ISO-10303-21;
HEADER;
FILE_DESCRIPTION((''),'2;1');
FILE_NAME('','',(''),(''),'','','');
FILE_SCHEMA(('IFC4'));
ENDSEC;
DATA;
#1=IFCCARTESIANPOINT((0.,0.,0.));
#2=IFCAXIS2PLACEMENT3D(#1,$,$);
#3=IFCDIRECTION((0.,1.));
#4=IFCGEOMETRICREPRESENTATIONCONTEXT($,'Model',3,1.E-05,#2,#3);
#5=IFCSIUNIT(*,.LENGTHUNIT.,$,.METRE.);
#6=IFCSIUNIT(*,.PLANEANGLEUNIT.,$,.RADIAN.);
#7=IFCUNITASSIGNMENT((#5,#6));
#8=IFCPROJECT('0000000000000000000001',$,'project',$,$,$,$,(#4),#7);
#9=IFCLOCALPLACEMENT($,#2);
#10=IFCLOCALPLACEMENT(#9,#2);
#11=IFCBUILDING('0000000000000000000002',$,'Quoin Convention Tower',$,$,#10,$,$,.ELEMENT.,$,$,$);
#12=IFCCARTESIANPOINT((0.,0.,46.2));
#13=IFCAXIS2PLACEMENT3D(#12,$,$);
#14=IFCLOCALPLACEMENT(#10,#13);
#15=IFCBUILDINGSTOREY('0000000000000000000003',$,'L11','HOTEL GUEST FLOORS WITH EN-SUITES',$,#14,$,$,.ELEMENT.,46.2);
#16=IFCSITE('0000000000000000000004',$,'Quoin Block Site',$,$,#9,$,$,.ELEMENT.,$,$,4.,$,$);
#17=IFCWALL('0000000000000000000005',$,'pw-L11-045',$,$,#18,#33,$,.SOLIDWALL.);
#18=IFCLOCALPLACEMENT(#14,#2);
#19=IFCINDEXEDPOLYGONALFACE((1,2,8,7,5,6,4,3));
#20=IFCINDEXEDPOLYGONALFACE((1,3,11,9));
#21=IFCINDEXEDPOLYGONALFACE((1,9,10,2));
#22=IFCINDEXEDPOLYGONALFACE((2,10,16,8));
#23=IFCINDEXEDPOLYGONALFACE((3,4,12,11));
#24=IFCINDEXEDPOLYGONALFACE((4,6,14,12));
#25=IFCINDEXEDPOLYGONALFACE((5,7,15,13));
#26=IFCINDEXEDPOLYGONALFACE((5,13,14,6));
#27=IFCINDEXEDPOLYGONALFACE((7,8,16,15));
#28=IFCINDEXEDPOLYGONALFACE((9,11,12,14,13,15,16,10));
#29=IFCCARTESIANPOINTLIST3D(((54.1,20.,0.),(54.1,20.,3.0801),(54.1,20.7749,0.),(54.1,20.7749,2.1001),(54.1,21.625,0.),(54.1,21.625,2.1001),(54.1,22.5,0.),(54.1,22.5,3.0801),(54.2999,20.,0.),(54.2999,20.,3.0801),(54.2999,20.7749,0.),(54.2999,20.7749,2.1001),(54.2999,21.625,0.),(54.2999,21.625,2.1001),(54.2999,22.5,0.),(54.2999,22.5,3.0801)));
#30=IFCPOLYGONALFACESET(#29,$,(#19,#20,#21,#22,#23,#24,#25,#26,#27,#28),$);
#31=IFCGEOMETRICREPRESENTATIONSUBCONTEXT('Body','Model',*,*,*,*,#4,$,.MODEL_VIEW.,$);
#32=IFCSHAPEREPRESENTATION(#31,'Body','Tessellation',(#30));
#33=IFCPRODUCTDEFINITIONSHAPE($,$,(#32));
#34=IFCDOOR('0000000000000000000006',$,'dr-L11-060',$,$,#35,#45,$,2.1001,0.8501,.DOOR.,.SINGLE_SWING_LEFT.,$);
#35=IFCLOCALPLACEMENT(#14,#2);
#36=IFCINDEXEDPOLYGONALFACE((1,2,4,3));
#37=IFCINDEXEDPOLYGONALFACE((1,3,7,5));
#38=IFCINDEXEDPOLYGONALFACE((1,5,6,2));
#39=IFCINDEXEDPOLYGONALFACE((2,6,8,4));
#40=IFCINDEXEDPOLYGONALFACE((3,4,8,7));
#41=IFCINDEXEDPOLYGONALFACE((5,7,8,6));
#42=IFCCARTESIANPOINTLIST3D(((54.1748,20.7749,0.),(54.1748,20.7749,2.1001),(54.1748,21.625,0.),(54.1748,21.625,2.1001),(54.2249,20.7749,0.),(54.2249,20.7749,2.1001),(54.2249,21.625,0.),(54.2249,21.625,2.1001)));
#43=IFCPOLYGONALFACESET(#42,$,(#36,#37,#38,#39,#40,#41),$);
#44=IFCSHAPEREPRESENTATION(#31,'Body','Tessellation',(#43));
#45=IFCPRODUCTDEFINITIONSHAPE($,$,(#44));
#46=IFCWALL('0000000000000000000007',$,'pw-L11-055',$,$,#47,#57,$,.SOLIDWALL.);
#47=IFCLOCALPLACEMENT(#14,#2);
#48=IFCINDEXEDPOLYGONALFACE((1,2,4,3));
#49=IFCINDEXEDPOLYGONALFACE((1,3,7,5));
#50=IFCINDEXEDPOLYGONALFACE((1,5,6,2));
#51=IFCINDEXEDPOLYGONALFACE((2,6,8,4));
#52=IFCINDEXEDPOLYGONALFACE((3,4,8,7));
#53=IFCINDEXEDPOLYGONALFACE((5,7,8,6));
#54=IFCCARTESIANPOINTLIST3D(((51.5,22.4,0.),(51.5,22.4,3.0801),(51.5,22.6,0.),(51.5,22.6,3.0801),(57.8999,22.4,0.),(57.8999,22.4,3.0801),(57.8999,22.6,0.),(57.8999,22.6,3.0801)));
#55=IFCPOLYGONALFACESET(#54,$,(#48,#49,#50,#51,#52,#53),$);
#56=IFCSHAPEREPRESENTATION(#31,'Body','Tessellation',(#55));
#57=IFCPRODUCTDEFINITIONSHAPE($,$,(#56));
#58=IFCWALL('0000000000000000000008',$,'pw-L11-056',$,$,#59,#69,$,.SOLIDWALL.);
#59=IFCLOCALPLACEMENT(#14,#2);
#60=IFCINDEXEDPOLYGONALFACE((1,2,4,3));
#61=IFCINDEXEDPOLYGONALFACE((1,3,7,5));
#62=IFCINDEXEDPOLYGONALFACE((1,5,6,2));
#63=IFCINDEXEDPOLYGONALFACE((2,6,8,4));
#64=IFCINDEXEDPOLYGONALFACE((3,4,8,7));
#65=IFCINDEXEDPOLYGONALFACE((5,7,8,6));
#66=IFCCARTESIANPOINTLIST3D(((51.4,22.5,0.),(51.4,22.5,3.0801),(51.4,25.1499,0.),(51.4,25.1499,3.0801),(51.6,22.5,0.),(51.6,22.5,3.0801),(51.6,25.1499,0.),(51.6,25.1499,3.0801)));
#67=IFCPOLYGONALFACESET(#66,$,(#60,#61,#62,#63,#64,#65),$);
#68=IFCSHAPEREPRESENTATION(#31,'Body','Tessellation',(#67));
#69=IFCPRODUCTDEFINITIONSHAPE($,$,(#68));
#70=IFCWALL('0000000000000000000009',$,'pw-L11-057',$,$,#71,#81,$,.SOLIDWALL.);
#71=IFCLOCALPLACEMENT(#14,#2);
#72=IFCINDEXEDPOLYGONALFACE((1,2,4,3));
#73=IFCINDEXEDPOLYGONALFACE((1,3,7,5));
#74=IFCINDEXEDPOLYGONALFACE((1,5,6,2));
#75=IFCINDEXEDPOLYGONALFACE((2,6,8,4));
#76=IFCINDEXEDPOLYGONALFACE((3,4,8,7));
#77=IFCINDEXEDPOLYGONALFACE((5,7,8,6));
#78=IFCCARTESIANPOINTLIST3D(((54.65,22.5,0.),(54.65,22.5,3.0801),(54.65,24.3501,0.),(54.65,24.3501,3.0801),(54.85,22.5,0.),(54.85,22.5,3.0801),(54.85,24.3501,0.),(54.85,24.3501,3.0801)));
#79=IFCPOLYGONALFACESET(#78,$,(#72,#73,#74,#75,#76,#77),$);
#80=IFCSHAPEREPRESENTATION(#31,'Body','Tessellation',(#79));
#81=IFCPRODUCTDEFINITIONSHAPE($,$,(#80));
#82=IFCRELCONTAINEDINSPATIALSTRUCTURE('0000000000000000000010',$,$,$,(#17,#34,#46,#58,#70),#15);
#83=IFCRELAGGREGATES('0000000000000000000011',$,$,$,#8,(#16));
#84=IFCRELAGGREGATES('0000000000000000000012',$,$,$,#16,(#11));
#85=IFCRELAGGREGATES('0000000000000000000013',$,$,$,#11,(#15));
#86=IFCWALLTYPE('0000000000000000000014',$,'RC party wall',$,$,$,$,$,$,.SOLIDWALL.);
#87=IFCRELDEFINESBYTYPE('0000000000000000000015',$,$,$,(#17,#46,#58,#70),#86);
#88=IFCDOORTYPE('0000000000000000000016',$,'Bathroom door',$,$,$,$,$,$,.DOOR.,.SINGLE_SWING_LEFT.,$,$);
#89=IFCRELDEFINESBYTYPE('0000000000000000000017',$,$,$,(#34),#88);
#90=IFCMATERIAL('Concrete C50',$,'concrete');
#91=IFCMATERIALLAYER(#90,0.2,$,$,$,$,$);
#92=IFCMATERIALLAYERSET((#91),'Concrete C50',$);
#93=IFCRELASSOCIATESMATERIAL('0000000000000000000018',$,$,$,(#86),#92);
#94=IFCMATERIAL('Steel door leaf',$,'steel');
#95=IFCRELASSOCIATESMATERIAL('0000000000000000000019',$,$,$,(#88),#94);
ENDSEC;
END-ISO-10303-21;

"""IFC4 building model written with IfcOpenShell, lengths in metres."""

from ifc_helpers import new_model, si_unit, direction, frame, frame_2d, origin, place, context, subcontext, project, spatial, rectangle, extrude, material, layer, layer_set, type_object, element, fill, save


model = new_model("IFC4")

# Units and contexts
model_context = context("Model", 3, precision=1e-05, world=origin(), true_north=direction((0.0, 1.0)))
body_context = subcontext(model_context, "Body", "Model", "MODEL_VIEW")
ifc_project = project(units=[si_unit("LENGTHUNIT", "METRE"), si_unit("PLANEANGLEUNIT", "RADIAN")], contexts=[model_context])

# Site, building, storey
site_placement = place(None, origin())
site = spatial("IfcSite", under=ifc_project, at=site_placement, Name="Quoin Block Site", CompositionType="ELEMENT", RefElevation=4.0)
building_placement = place(site_placement, origin())
building = spatial("IfcBuilding", under=site, at=building_placement, Name="Quoin Convention Tower", CompositionType="ELEMENT")
storey_placement = place(building_placement, frame((0.0, 0.0, 46.2)))
storey = spatial("IfcBuildingStorey", under=building, at=storey_placement, Name="L11", Description="HOTEL GUEST FLOORS WITH EN-SUITES", CompositionType="ELEMENT", Elevation=46.2)

# Shared definitions
ifc_material_1 = material(Name="Concrete C50", Category="concrete")
ifc_layer_1 = layer(ifc_material_1, 0.2)
ifc_layer_set_1 = layer_set([ifc_layer_1], Name="Concrete C50")
wall_type_1 = type_object("IfcWallType", Name="RC party wall", PredefinedType="SOLIDWALL", material=ifc_layer_set_1)

# Wall, opening, door
wall_1_placement = place(storey_placement, frame((54.2, 20.0, 0.0), z_axis=(0.0, 0.0, 1.0), x_axis=(0.0, 1.0, 0.0)))
wall_1 = element("IfcWall", 1, at=wall_1_placement, inside=storey, type_object=wall_type_1, Name="pw-L11-045", PredefinedType="SOLIDWALL", context=body_context, shape_type="SweptSolid", body=[
    extrude(rectangle(XDim=2.5, YDim=0.2, at=frame_2d((1.25, 0.0))), origin(), (0.0, 0.0, 1.0), 3.0801),
])
opening_1_placement = place(wall_1_placement, frame((0.7749, 0.0, 0.0)))
opening_1 = element("IfcOpeningElement", 2, at=opening_1_placement, cuts=wall_1, PredefinedType="OPENING", context=body_context, shape_type="SweptSolid", body=[
    extrude(rectangle(XDim=0.8501, YDim=2.1001, at=frame_2d((0.425, 1.05))), frame((0.0, 0.1099, 0.0), z_axis=(0.0, -1.0, 0.0), x_axis=(1.0, 0.0, 0.0)), (0.0, 0.0, 1.0), 0.22),
])
ifc_material_2 = material(Name="Steel door leaf", Category="steel")
door_type = type_object("IfcDoorType", Name="Bathroom door", OperationType="SINGLE_SWING_LEFT", PredefinedType="DOOR", material=ifc_material_2)
door_placement = place(opening_1_placement, frame((0.8501, 0.0, 0.0), z_axis=(0.0, 0.0, 1.0), x_axis=(-1.0, 0.0, 0.0)))
door = element("IfcDoor", 3, at=door_placement, inside=storey, type_object=door_type, Name="dr-L11-060", OperationType="SINGLE_SWING_LEFT", OverallHeight=2.1001, OverallWidth=0.8501, PredefinedType="DOOR", context=body_context, shape_type="SweptSolid", body=[
    extrude(rectangle(XDim=0.8501, YDim=2.1001, at=frame_2d((0.425, 1.05))), frame((0.0, 0.0249, 0.0), z_axis=(0.0, -1.0, 0.0), x_axis=(1.0, 0.0, 0.0)), (0.0, 0.0, 1.0), 0.05),
])
fill(opening_1, door)

# Walls
wall_2_placement = place(storey_placement, frame((51.5, 22.5, 0.0), z_axis=(0.0, 0.0, 1.0), x_axis=(1.0, 0.0, 0.0)))
element("IfcWall", 4, at=wall_2_placement, inside=storey, type_object=wall_type_1, Name="pw-L11-055", PredefinedType="SOLIDWALL", context=body_context, shape_type="SweptSolid", body=[
    extrude(rectangle(XDim=6.3999, YDim=0.2, at=frame_2d((3.2, 0.0))), origin(), (0.0, 0.0, 1.0), 3.0801),
])
wall_3_placement = place(storey_placement, frame((51.5, 22.5, 0.0), z_axis=(0.0, 0.0, 1.0), x_axis=(0.0, 1.0, 0.0)))
element("IfcWall", 5, at=wall_3_placement, inside=storey, type_object=wall_type_1, Name="pw-L11-056", PredefinedType="SOLIDWALL", context=body_context, shape_type="SweptSolid", body=[
    extrude(rectangle(XDim=2.6499, YDim=0.2, at=frame_2d((1.325, 0.0))), origin(), (0.0, 0.0, 1.0), 3.0801),
])
wall_4_placement = place(storey_placement, frame((54.75, 22.5, 0.0), z_axis=(0.0, 0.0, 1.0), x_axis=(0.0, 1.0, 0.0)))
element("IfcWall", 6, at=wall_4_placement, inside=storey, type_object=wall_type_1, Name="pw-L11-057", PredefinedType="SOLIDWALL", context=body_context, shape_type="SweptSolid", body=[
    extrude(rectangle(XDim=1.8501, YDim=0.2, at=frame_2d((0.925, 0.0))), origin(), (0.0, 0.0, 1.0), 3.0801),
])

save(model, "model.ifc")
